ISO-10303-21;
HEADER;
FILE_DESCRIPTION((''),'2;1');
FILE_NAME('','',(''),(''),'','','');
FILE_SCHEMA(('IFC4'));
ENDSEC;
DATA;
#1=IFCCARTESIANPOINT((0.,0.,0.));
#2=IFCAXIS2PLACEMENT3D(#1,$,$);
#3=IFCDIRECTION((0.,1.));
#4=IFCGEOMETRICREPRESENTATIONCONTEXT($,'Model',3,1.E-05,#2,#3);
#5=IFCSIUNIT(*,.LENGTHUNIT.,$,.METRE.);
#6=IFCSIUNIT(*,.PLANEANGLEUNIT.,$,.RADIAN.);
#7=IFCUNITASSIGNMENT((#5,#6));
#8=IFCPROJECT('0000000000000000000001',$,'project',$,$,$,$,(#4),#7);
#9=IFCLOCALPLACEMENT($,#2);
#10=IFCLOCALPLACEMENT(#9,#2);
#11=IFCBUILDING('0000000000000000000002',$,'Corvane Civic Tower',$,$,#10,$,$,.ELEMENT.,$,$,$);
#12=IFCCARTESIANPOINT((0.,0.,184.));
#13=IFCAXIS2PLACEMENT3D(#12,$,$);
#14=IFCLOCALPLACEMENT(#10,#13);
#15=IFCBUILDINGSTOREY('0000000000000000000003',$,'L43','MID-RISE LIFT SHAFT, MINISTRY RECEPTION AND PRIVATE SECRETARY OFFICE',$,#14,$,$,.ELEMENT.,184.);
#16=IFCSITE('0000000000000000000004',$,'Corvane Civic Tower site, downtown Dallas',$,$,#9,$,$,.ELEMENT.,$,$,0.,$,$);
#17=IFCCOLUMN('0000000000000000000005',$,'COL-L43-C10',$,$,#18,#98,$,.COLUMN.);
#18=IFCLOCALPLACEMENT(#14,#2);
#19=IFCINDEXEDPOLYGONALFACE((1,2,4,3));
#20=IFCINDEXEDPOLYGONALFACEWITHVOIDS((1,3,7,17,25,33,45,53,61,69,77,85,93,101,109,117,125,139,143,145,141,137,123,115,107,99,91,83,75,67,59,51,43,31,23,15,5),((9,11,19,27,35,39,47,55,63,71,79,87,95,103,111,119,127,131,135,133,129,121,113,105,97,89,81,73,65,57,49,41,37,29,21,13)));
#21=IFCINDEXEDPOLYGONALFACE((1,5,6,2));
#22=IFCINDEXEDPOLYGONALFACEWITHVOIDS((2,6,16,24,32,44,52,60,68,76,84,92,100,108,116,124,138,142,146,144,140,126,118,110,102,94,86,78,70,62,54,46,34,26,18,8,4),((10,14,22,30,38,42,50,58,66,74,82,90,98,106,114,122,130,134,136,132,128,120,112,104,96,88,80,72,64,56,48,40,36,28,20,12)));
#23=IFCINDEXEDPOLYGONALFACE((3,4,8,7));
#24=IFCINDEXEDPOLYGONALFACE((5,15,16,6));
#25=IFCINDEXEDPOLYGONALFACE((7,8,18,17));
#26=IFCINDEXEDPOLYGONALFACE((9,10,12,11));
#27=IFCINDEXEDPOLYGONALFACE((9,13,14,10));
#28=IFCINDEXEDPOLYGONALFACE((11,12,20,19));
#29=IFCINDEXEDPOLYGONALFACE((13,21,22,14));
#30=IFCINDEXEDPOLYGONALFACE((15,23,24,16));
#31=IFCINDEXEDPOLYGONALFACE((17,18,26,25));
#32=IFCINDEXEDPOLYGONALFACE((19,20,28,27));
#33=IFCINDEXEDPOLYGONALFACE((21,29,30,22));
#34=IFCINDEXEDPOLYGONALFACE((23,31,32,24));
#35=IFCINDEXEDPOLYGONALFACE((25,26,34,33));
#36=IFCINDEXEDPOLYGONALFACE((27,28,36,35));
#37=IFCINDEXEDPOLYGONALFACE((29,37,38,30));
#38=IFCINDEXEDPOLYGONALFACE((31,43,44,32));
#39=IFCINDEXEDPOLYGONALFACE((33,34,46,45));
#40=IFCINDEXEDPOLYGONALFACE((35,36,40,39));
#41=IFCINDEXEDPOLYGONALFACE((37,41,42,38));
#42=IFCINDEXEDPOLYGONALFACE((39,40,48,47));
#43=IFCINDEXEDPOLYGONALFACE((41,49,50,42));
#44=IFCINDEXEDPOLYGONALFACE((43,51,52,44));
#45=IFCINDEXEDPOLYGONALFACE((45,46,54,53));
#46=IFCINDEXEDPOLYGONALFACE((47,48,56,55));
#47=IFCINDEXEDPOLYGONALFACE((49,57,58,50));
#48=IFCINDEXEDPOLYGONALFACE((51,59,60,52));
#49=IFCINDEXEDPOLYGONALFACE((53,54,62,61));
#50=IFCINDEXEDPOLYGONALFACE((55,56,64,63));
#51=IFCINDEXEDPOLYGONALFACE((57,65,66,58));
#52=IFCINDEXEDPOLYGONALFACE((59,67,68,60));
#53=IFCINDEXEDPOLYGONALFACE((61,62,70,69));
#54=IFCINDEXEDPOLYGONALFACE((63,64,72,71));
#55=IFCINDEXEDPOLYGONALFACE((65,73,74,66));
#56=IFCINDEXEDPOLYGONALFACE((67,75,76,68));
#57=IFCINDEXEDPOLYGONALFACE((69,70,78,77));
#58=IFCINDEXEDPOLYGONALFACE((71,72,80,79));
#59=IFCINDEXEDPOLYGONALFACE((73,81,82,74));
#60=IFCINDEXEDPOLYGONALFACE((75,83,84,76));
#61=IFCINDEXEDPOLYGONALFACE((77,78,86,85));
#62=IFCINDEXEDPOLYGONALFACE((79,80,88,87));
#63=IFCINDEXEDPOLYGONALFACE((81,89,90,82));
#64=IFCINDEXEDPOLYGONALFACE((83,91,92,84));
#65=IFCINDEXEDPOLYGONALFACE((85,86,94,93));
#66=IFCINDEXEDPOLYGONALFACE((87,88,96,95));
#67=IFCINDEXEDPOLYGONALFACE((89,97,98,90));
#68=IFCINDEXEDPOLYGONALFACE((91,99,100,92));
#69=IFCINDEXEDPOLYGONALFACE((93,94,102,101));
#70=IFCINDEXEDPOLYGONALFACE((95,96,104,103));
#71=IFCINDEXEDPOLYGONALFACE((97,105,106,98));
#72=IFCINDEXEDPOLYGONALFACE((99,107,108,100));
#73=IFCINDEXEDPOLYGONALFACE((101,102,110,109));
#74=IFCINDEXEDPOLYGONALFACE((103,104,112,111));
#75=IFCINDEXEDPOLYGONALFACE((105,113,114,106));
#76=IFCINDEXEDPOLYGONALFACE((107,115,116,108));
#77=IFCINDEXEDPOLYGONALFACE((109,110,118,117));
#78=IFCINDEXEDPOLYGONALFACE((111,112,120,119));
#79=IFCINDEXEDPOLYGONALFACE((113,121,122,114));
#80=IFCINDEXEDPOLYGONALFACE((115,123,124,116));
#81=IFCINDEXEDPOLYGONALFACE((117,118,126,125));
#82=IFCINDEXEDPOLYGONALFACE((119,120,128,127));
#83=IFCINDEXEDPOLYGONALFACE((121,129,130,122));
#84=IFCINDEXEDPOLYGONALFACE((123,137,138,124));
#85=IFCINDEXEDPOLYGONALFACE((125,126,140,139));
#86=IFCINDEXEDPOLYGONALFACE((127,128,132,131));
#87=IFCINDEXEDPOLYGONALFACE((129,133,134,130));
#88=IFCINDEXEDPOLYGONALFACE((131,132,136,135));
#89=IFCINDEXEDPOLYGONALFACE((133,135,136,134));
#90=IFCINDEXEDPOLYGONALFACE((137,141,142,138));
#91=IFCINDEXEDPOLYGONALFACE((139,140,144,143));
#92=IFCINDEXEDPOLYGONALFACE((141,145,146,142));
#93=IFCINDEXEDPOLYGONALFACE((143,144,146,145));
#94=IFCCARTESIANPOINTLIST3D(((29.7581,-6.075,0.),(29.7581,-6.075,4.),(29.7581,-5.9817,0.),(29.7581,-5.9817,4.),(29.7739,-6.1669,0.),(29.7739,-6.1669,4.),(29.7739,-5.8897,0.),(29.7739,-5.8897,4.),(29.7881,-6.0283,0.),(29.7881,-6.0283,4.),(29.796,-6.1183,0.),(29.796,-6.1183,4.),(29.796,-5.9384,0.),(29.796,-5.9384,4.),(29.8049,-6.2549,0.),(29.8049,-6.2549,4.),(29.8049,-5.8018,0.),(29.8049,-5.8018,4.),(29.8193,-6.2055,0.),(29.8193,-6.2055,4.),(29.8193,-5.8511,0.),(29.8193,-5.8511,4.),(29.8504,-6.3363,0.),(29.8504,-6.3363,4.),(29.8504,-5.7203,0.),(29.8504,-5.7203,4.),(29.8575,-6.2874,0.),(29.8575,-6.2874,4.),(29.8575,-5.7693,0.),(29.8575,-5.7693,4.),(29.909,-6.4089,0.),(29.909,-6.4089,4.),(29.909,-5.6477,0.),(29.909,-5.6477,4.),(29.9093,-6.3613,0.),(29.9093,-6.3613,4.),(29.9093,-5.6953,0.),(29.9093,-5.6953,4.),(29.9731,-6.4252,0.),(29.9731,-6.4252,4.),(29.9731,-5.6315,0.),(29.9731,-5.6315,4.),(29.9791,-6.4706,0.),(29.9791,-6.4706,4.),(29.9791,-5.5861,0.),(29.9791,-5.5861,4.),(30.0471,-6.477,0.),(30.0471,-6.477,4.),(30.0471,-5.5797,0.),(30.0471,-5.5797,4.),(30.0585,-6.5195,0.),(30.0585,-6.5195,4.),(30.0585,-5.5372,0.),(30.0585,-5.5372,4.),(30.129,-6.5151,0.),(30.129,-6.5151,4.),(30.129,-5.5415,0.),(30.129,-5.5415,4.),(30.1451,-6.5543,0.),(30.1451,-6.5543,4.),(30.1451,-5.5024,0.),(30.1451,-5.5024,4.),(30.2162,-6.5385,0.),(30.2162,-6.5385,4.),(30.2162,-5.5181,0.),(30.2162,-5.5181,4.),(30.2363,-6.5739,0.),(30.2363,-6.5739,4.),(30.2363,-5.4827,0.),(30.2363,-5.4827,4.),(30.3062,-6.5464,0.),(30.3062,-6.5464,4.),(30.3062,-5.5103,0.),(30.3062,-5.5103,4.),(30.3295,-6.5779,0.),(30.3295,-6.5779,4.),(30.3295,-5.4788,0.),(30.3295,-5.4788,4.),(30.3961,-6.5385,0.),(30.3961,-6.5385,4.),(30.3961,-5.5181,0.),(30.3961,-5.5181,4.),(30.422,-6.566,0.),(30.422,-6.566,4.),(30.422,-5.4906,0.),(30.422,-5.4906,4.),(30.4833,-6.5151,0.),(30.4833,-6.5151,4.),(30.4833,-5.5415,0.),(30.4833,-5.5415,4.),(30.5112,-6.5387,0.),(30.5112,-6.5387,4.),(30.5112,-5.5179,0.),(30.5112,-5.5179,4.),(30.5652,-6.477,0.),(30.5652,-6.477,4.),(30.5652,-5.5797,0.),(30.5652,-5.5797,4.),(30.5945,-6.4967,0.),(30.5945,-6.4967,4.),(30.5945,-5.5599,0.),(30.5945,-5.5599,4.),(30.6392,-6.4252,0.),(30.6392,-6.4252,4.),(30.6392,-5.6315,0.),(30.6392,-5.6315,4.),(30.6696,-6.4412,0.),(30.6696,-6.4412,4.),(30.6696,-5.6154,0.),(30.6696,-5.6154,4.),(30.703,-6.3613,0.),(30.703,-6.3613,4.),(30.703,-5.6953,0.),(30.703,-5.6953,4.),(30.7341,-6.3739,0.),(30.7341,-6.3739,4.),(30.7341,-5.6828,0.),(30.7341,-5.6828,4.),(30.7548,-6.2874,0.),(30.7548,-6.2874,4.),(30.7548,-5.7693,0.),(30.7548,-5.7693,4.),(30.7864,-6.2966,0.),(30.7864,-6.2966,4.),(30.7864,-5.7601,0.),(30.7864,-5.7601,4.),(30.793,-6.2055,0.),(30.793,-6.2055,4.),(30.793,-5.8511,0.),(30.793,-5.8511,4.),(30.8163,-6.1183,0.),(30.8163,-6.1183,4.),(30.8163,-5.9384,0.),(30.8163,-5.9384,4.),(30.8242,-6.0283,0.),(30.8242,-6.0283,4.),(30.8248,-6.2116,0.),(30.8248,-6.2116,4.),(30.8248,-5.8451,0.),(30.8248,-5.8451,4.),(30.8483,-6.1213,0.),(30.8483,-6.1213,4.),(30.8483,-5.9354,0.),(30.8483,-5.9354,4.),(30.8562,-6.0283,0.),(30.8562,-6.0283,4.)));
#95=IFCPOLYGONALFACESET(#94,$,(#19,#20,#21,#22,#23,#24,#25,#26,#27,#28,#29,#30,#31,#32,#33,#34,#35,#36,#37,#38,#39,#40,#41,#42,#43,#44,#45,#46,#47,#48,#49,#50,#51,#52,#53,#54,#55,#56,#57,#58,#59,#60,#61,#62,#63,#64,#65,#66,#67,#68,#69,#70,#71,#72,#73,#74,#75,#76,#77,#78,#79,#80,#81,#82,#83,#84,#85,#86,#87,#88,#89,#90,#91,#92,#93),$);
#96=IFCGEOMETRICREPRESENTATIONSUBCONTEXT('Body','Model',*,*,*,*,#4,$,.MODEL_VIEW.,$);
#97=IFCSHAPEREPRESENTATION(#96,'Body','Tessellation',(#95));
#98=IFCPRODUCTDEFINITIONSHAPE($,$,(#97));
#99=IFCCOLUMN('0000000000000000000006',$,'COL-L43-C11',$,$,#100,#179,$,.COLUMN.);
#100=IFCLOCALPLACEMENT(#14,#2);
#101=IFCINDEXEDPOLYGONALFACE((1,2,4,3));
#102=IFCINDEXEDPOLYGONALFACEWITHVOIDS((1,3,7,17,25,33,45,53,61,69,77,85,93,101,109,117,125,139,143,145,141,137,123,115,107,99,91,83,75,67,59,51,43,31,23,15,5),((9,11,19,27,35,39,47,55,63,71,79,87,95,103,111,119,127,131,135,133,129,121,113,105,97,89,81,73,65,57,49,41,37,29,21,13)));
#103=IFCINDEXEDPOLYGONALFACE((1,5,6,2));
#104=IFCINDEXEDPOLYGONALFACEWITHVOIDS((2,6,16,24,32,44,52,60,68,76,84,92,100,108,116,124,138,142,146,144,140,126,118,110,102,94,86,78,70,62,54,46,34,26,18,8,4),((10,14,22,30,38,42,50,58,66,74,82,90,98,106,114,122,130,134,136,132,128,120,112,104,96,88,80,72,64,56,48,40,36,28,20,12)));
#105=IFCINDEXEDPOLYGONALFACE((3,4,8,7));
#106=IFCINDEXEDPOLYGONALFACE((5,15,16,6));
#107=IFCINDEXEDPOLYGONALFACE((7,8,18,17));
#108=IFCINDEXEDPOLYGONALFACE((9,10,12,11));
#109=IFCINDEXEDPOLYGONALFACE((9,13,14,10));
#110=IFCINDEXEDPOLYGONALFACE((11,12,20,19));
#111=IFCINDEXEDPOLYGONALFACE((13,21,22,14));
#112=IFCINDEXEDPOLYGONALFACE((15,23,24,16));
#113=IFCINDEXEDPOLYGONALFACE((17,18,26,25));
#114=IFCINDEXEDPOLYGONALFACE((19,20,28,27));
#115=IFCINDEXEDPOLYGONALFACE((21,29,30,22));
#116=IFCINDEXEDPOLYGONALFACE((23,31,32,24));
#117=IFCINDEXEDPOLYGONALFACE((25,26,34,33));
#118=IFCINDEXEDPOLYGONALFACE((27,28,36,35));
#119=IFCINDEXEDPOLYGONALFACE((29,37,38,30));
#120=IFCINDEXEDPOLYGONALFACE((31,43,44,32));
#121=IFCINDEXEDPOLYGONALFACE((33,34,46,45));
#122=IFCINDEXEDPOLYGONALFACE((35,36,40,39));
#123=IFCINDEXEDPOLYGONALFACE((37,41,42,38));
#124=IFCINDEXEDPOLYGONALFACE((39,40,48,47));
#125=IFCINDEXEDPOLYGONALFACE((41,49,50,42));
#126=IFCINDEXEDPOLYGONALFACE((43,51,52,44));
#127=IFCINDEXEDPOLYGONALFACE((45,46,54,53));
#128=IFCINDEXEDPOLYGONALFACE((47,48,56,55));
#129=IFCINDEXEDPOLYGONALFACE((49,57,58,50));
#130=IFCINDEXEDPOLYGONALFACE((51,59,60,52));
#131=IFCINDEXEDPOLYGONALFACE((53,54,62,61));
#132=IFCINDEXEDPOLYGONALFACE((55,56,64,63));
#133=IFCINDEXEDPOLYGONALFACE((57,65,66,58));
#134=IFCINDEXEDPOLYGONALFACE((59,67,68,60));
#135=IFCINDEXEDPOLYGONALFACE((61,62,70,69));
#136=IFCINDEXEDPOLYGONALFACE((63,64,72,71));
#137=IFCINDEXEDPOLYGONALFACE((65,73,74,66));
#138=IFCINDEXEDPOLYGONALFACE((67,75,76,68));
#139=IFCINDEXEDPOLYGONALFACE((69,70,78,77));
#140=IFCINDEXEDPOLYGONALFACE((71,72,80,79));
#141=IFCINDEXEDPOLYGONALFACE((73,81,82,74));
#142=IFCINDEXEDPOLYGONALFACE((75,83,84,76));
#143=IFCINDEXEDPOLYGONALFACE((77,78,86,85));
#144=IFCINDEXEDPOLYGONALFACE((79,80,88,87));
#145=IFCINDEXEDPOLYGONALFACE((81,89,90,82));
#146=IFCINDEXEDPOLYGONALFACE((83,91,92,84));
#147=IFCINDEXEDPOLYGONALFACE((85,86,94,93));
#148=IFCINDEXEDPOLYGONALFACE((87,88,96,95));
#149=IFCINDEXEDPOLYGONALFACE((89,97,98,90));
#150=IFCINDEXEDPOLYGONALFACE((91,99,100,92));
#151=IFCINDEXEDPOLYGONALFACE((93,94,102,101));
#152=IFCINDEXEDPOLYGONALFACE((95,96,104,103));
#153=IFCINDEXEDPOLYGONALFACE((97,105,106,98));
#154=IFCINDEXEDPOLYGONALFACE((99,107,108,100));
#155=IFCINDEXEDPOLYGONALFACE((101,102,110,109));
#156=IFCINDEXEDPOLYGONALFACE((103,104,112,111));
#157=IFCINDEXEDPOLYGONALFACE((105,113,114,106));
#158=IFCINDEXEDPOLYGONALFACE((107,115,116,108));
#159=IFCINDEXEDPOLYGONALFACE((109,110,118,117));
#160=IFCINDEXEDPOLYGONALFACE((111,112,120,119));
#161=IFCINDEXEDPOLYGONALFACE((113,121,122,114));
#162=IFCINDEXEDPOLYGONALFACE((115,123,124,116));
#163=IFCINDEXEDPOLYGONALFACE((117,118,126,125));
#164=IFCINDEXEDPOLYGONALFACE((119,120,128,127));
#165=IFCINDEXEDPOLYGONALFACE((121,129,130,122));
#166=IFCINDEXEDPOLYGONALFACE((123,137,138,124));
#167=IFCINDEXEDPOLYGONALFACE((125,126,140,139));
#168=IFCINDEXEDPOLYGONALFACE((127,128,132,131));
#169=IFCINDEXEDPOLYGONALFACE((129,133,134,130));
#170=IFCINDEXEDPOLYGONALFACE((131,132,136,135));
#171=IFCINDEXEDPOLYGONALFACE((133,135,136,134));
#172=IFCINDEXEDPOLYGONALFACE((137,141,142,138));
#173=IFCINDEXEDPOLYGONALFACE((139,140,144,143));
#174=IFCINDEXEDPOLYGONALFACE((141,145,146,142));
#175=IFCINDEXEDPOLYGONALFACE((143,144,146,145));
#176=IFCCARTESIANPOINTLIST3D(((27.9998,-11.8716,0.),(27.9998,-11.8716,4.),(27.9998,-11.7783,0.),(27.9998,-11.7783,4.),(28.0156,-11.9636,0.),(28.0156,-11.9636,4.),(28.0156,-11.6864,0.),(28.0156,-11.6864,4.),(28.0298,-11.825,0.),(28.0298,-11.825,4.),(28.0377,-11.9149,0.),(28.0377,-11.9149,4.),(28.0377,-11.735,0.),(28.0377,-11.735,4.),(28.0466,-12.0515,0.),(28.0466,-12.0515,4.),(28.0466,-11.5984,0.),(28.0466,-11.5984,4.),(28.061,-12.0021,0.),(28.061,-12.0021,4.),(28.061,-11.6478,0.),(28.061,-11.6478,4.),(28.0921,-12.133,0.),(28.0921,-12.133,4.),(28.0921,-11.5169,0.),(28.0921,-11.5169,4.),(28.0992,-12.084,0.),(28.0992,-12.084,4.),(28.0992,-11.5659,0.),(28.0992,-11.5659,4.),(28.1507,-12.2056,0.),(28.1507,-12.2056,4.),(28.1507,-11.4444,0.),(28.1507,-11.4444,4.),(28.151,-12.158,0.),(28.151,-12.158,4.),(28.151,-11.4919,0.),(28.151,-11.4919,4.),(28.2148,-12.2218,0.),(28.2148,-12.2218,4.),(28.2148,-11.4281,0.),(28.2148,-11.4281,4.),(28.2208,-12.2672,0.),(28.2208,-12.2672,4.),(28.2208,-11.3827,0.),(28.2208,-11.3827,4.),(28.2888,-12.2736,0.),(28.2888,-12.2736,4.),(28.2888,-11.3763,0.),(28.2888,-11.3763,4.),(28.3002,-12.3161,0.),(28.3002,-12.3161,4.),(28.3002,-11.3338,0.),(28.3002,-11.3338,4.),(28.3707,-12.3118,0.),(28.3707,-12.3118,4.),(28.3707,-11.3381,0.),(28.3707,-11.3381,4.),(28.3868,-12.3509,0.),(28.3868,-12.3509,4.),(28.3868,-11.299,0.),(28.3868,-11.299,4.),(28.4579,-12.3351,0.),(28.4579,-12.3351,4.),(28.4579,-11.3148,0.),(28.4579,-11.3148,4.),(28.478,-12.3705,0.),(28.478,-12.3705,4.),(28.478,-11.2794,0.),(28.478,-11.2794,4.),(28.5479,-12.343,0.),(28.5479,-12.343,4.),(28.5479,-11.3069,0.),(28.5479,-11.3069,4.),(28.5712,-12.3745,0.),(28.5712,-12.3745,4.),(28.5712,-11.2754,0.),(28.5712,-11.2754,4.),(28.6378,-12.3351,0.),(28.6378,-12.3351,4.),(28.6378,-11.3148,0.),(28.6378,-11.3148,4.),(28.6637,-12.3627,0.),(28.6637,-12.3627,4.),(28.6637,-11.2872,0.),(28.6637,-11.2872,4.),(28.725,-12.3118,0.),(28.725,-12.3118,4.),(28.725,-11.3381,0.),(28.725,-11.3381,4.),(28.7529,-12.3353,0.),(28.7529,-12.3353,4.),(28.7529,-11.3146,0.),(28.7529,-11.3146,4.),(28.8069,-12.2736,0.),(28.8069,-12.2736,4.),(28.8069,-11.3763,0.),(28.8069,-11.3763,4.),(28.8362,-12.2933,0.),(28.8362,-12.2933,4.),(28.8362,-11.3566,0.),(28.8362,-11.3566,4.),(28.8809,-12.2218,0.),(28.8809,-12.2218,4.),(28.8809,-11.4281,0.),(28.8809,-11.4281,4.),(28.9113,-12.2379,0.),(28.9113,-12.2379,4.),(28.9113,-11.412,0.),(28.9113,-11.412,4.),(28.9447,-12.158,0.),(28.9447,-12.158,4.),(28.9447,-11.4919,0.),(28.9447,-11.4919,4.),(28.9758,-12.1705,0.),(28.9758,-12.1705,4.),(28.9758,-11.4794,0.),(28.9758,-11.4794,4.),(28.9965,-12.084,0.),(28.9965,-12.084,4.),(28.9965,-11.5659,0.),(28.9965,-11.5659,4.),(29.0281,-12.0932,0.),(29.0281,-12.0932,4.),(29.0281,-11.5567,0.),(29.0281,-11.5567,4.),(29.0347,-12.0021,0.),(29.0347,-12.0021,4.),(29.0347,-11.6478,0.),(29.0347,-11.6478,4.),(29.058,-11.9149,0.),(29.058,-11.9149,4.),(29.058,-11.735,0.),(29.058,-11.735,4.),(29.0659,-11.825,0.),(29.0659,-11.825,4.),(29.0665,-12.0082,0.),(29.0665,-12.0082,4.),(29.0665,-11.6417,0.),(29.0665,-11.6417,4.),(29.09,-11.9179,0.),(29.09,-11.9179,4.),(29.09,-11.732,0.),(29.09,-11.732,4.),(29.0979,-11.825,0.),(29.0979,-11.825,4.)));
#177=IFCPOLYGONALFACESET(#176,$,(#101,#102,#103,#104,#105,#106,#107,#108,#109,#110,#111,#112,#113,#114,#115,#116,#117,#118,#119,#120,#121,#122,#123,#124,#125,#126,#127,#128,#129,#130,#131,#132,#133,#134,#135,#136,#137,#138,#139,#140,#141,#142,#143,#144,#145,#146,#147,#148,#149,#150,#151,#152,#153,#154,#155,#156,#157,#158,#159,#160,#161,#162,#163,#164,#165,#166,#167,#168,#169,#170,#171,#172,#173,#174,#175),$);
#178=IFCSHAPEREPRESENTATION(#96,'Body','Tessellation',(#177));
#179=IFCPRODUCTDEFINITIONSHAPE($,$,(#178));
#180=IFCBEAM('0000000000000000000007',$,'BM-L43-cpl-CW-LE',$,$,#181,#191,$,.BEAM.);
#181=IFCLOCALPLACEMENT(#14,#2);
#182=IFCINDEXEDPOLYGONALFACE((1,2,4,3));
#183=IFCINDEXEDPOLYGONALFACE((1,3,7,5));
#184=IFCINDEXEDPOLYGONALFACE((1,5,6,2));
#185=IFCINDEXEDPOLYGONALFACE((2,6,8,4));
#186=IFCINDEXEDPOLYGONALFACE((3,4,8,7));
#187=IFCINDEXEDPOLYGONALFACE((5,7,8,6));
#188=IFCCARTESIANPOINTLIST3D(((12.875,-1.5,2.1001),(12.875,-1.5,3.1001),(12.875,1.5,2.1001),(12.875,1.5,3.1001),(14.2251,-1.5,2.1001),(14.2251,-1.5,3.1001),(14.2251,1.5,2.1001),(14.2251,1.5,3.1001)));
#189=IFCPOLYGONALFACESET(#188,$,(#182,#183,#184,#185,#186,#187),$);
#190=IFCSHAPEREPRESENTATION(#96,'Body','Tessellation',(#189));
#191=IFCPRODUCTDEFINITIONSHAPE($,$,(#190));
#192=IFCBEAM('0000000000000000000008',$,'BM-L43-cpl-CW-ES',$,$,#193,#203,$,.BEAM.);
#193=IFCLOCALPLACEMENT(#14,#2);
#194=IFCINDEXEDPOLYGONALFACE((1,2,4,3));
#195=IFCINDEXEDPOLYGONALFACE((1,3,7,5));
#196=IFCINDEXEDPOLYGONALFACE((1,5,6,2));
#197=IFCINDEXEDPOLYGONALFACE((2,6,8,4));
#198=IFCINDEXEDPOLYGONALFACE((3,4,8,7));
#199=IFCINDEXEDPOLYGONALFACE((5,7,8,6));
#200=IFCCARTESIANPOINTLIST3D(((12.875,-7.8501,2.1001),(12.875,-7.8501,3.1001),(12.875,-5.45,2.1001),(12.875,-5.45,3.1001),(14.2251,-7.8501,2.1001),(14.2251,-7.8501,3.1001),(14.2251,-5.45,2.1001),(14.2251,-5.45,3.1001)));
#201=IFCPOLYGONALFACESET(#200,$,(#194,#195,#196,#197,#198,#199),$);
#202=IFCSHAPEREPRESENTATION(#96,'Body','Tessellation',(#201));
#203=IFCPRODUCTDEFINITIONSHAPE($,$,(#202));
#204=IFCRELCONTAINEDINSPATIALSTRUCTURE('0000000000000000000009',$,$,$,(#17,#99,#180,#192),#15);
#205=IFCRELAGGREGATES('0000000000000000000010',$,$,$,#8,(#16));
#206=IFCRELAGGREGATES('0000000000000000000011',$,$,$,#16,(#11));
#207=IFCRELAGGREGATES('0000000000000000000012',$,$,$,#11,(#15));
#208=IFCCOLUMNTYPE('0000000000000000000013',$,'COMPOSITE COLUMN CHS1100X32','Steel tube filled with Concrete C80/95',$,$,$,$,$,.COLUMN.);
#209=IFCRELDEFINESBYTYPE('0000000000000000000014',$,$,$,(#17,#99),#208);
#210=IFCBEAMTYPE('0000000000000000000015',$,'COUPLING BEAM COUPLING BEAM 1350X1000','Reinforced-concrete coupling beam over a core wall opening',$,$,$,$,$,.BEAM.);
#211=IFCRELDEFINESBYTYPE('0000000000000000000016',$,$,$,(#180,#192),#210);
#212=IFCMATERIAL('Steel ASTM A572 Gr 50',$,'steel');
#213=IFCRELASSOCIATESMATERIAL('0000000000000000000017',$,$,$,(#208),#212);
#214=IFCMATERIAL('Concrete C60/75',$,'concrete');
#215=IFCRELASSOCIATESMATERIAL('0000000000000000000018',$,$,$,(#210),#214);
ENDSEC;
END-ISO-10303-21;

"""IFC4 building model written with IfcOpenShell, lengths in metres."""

from ifc_helpers import new_model, si_unit, direction, frame, origin, origin_2d, place, context, subcontext, project, spatial, rectangle, hollow_circle, extrude, material, material_profile, profile_set, type_object, element, save


model = new_model("IFC4")

# Units and contexts
model_context = context("Model", 3, precision=1e-05, world=origin(), true_north=direction((0.0, 1.0)))
body_context = subcontext(model_context, "Body", "Model", "MODEL_VIEW")
ifc_project = project(units=[si_unit("LENGTHUNIT", "METRE"), si_unit("PLANEANGLEUNIT", "RADIAN")], contexts=[model_context])

# Site, building, storey
site_placement = place(None, origin())
site = spatial("IfcSite", under=ifc_project, at=site_placement, Name="Corvane Civic Tower site, downtown Dallas", CompositionType="ELEMENT", RefElevation=0.0)
building_placement = place(site_placement, origin())
building = spatial("IfcBuilding", under=site, at=building_placement, Name="Corvane Civic Tower", CompositionType="ELEMENT")
storey_placement = place(building_placement, frame((0.0, 0.0, 184.0)))
storey = spatial("IfcBuildingStorey", under=building, at=storey_placement, Name="L43", Description="MID-RISE LIFT SHAFT, MINISTRY RECEPTION AND PRIVATE SECRETARY OFFICE", CompositionType="ELEMENT", Elevation=184.0)

# Columns
ifc_material_1 = material(Name="Steel ASTM A572 Gr 50", Category="steel")
ifc_material_profile_1 = material_profile(ifc_material_1, hollow_circle(Radius=0.55, WallThickness=0.032, at=origin_2d()), Name="CHS1100X32")
ifc_profile_set_1 = profile_set([ifc_material_profile_1], Name="Steel ASTM A572 Gr 50")
column_type = type_object("IfcColumnType", Name="COMPOSITE COLUMN CHS1100X32", Description="Steel tube filled with Concrete C80/95", PredefinedType="COLUMN", material=ifc_profile_set_1)
for number, where, z_axis, x_axis, name in (
    (1, (30.3062, -6.0283, 0.0), (0.0, 0.0, 1.0), (1.0, 0.0, 0.0), "COL-L43-C10"),
    (2, (28.5479, -11.825, 0.0), (0.0, 0.0, 1.0), (1.0, 0.0, 0.0), "COL-L43-C11"),
):
    element("IfcColumn", number, at=place(storey_placement, frame(where, z_axis=z_axis, x_axis=x_axis)), inside=storey, type_object=column_type, Name=name, PredefinedType="COLUMN", context=body_context, shape_type="SweptSolid", body=[
        extrude(hollow_circle(Radius=0.55, WallThickness=0.032, at=origin_2d()), origin(), (0.0, 0.0, 1.0), 4.0),
    ])

# Beams
ifc_material_2 = material(Name="Concrete C60/75", Category="concrete")
ifc_material_profile_2 = material_profile(ifc_material_2, rectangle(XDim=1.3501, YDim=1.0, at=origin_2d()), Name="COUPLING BEAM 1350X1000")
ifc_profile_set_2 = profile_set([ifc_material_profile_2], Name="Concrete C60/75")
beam_type_1 = type_object("IfcBeamType", Name="COUPLING BEAM COUPLING BEAM 1350X1000", Description="Reinforced-concrete coupling beam over a core wall opening", PredefinedType="BEAM", material=ifc_profile_set_2)
beam_1_placement = place(storey_placement, frame((13.55, -1.5, 2.6001), z_axis=(0.0, 1.0, 0.0), x_axis=(-1.0, 0.0, 0.0)))
element("IfcBeam", 3, at=beam_1_placement, inside=storey, type_object=beam_type_1, Name="BM-L43-cpl-CW-LE", PredefinedType="BEAM", context=body_context, shape_type="SweptSolid", body=[
    extrude(rectangle(XDim=1.3501, YDim=1.0, at=origin_2d()), origin(), (0.0, 0.0, 1.0), 3.0),
])
beam_2_placement = place(storey_placement, frame((13.55, -7.8501, 2.6001), z_axis=(0.0, 1.0, 0.0), x_axis=(-1.0, 0.0, 0.0)))
element("IfcBeam", 4, at=beam_2_placement, inside=storey, type_object=beam_type_1, Name="BM-L43-cpl-CW-ES", PredefinedType="BEAM", context=body_context, shape_type="SweptSolid", body=[
    extrude(rectangle(XDim=1.3501, YDim=1.0, at=origin_2d()), origin(), (0.0, 0.0, 1.0), 2.4001),
])

save(model, "model.ifc")
